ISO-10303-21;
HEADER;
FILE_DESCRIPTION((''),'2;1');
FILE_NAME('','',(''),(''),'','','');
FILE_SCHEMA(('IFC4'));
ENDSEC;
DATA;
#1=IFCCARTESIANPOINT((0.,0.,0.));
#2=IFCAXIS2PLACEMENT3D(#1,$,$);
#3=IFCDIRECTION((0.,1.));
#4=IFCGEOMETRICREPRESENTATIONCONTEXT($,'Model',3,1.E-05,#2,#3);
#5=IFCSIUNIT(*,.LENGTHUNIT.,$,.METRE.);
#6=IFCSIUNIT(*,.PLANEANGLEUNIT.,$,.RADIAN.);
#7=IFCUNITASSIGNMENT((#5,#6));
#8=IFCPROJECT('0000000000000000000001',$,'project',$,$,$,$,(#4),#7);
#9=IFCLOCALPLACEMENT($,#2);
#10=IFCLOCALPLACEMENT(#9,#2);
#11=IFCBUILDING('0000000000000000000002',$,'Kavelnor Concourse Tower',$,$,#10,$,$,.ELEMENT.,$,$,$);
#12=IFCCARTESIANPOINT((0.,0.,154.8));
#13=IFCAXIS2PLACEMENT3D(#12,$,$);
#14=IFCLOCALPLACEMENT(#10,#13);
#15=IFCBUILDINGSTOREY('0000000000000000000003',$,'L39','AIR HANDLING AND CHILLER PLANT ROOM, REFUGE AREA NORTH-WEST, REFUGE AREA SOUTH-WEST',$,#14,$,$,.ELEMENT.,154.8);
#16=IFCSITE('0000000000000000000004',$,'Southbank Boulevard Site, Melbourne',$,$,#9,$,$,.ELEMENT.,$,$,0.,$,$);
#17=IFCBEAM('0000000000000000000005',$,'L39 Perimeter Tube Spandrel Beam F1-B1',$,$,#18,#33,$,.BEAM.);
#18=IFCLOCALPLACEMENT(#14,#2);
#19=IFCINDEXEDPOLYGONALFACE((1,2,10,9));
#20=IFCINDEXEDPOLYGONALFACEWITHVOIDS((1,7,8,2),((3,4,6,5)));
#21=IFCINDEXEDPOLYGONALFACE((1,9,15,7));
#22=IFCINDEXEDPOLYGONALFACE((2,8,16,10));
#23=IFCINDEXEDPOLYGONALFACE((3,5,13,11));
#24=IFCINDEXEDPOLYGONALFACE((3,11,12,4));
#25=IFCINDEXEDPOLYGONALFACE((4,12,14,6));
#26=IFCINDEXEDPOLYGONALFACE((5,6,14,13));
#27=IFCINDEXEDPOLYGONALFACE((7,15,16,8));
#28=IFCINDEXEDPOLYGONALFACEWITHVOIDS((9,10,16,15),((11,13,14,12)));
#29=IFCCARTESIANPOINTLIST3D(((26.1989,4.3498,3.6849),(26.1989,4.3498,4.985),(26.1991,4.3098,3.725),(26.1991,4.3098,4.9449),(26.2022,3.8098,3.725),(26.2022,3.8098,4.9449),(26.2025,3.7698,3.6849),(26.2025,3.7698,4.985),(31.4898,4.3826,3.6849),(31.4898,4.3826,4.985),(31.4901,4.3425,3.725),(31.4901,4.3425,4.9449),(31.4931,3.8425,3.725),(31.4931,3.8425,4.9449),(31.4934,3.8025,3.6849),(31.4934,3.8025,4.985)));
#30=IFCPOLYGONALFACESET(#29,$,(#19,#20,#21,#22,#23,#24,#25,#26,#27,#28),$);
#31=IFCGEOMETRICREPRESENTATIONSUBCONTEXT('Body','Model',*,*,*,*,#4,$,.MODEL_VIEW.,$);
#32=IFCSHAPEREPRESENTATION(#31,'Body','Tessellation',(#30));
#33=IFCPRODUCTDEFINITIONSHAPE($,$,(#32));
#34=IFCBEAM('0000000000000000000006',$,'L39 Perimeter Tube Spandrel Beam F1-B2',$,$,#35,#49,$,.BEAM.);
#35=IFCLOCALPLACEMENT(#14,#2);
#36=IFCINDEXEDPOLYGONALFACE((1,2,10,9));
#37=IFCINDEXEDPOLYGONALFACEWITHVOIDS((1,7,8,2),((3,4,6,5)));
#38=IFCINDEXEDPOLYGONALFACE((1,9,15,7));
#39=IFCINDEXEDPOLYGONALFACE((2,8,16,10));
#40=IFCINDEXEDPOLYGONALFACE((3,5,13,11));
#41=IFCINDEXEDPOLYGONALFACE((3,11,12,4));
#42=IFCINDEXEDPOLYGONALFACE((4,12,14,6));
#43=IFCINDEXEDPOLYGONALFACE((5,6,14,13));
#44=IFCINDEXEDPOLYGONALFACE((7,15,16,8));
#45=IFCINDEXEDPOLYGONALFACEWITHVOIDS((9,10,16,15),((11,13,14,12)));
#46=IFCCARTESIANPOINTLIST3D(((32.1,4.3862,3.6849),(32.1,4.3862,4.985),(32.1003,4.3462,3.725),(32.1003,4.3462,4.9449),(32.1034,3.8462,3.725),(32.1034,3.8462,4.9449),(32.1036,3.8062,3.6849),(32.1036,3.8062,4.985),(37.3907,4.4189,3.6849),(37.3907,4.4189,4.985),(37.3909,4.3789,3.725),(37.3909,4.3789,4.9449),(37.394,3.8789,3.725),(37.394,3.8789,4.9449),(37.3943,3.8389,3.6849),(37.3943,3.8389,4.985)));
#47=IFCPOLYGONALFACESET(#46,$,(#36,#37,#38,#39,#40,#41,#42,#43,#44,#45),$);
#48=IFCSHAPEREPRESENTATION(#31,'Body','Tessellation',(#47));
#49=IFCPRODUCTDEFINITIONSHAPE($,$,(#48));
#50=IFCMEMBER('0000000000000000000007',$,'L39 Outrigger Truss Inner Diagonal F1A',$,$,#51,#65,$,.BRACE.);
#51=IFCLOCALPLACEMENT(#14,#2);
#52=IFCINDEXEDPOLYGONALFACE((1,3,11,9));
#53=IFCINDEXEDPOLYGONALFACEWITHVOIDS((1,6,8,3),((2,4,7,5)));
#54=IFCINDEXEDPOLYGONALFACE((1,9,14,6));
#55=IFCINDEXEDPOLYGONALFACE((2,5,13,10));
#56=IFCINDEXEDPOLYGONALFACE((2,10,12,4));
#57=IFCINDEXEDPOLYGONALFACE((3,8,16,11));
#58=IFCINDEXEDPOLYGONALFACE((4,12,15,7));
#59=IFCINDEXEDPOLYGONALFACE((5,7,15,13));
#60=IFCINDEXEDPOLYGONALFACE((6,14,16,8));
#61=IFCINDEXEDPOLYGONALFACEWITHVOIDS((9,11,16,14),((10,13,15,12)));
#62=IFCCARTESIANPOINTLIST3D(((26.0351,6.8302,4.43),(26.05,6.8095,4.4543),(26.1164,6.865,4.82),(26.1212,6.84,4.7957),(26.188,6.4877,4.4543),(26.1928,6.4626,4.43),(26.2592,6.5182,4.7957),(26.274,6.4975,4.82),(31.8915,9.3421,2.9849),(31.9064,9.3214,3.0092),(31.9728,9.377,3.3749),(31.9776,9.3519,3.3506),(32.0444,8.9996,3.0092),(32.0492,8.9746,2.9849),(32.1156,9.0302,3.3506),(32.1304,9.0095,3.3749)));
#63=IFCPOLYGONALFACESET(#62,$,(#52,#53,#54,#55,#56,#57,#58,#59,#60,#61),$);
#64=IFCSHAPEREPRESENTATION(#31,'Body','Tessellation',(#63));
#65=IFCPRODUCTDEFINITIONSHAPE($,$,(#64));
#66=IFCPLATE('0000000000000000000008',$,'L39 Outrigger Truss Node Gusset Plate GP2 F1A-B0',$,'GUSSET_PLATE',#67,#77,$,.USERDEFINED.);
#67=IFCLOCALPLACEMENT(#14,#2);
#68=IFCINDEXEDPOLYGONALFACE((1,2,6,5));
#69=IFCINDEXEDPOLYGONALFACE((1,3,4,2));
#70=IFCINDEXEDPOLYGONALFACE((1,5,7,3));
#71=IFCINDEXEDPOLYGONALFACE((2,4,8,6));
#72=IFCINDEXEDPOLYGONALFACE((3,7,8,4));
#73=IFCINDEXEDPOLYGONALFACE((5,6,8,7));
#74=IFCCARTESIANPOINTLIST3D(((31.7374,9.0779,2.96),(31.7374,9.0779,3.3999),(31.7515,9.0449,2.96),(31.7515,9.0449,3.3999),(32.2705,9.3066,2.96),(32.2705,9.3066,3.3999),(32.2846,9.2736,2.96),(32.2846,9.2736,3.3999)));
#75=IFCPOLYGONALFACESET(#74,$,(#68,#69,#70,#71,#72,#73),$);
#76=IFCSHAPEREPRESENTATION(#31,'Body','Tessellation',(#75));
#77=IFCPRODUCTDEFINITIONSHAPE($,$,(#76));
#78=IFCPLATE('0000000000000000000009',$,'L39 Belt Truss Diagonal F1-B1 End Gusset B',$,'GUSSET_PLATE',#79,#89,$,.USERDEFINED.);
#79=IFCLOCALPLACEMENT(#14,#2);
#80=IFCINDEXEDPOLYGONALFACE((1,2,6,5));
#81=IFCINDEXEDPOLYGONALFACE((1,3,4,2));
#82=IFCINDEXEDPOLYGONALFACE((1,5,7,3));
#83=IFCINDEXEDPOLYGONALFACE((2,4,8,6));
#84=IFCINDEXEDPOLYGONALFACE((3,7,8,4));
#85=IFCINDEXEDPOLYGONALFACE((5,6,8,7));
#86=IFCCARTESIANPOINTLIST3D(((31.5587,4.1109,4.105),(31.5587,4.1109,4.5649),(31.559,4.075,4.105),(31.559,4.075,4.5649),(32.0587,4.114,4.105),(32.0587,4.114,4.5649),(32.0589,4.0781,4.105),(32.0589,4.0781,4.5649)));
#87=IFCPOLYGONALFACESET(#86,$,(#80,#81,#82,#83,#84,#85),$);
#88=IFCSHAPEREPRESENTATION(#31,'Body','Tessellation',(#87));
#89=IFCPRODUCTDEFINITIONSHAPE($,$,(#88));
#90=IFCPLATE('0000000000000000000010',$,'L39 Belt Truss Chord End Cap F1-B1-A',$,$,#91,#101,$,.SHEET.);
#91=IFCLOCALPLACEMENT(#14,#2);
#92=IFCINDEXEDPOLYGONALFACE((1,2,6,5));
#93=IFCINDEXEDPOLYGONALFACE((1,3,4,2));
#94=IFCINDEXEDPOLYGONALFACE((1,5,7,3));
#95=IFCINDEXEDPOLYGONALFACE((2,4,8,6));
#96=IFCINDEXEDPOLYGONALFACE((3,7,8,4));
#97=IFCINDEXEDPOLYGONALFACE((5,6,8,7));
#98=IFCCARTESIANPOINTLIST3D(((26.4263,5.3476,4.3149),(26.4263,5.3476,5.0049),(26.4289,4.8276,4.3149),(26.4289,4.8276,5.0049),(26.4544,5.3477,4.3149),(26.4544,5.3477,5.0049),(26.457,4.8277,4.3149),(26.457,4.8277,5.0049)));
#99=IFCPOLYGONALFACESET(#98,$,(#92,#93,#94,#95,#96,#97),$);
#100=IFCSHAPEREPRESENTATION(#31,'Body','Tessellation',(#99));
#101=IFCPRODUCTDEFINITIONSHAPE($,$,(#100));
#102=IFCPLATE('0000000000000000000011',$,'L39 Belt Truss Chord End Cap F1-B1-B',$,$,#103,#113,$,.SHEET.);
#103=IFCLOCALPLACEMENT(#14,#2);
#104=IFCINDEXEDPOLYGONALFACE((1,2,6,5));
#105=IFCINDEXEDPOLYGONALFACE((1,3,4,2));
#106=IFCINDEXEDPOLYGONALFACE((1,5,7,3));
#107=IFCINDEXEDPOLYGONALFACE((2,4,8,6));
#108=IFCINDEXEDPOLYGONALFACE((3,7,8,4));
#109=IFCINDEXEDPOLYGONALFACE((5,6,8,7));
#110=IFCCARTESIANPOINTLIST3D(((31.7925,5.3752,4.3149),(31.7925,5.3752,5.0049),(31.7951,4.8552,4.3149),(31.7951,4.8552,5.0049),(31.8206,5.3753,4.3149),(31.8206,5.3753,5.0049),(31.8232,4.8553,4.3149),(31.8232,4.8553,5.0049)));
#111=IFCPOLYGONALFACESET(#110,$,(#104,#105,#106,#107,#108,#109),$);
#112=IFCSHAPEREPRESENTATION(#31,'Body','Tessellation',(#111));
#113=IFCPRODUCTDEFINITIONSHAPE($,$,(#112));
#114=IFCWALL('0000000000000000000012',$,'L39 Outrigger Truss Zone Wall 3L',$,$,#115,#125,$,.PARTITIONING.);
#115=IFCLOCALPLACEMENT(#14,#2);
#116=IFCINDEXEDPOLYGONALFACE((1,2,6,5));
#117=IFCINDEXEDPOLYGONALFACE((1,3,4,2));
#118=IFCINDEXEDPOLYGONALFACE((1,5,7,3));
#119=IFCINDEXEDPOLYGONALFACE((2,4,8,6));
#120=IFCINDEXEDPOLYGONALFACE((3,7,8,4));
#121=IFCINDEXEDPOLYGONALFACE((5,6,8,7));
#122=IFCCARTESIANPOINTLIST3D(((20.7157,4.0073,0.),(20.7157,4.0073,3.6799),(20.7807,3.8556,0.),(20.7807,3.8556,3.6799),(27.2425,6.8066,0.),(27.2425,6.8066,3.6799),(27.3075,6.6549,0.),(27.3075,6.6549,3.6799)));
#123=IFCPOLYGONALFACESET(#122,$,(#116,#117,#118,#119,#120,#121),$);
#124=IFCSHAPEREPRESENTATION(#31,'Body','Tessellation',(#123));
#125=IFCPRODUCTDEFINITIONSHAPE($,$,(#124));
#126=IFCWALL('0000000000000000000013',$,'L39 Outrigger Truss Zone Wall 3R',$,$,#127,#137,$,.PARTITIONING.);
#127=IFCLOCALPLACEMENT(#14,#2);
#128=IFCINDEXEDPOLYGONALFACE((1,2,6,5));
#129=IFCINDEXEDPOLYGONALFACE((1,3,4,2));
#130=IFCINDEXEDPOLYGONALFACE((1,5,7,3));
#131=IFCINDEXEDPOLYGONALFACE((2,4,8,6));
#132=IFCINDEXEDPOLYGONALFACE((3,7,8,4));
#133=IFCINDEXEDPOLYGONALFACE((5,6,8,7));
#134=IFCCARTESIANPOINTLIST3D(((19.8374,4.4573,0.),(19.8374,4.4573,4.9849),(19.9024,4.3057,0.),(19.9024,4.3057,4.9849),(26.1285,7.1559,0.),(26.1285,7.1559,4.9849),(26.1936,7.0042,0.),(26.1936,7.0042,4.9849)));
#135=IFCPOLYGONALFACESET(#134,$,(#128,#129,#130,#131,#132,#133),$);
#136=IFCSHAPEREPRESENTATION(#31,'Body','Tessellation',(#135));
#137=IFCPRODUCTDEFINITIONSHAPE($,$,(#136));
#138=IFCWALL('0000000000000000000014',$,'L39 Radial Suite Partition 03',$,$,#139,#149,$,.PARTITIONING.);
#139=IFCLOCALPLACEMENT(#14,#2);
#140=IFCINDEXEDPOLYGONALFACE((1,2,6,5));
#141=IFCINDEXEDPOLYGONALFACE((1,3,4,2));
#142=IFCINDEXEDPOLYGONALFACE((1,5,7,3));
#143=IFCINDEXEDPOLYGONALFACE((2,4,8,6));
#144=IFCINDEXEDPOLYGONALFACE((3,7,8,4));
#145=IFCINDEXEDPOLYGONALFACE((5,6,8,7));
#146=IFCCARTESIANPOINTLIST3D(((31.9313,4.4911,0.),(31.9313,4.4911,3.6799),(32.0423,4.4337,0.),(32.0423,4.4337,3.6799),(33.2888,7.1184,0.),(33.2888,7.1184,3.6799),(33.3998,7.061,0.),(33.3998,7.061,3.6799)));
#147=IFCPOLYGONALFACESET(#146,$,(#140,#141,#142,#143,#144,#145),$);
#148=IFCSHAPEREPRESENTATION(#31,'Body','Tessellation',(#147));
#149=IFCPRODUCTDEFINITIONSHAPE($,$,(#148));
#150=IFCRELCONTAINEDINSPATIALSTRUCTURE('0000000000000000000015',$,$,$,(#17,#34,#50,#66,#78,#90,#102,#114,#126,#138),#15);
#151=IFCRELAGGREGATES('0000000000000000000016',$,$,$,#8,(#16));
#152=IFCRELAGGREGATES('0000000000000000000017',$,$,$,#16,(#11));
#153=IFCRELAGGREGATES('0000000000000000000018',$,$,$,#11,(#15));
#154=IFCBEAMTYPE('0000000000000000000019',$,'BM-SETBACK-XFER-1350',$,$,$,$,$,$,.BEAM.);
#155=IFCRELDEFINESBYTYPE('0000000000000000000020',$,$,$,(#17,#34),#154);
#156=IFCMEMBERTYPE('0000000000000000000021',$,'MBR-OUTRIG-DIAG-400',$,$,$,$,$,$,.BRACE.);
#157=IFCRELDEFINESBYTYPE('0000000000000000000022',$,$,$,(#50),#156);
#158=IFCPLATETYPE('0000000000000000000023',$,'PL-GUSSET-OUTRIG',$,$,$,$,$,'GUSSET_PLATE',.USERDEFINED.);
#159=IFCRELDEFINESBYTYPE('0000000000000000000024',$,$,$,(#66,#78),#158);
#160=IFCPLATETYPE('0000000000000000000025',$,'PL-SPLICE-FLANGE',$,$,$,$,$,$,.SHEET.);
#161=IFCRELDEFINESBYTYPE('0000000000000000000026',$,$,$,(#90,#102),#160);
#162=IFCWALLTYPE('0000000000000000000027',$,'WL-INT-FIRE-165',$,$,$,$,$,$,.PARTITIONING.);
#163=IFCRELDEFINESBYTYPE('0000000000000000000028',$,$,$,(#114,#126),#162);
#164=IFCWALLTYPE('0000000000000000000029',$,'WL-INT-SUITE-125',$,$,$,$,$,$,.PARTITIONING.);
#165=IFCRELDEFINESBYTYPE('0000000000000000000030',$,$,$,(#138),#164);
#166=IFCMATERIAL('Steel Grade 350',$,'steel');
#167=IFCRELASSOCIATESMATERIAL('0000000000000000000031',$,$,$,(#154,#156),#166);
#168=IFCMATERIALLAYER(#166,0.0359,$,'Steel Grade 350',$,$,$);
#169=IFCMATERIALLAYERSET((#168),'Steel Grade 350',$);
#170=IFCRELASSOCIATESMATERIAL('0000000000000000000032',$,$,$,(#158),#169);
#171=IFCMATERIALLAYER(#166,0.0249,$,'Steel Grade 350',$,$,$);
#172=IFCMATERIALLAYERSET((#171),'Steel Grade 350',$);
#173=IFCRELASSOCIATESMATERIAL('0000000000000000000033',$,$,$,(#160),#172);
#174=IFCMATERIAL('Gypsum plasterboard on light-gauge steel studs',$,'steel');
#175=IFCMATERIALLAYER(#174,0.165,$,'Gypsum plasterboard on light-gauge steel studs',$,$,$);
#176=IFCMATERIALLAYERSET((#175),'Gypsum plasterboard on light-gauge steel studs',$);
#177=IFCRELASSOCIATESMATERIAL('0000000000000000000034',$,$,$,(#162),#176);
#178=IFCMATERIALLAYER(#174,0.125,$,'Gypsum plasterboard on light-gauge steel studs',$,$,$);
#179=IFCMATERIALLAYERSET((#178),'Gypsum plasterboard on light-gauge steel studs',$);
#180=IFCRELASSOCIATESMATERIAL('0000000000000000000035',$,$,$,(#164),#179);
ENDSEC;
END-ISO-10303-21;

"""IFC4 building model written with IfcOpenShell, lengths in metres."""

from ifc_helpers import new_model, si_unit, direction, frame, frame_2d, origin, origin_2d, place, context, subcontext, project, spatial, rectangle, hollow_rectangle, extrude, material, layer, layer_set, material_profile, profile_set, type_object, element, save


model = new_model("IFC4")

# Units and contexts
model_context = context("Model", 3, precision=1e-05, world=origin(), true_north=direction((0.0, 1.0)))
body_context = subcontext(model_context, "Body", "Model", "MODEL_VIEW")
ifc_project = project(units=[si_unit("LENGTHUNIT", "METRE"), si_unit("PLANEANGLEUNIT", "RADIAN")], contexts=[model_context])

# Site, building, storey
site_placement = place(None, origin())
site = spatial("IfcSite", under=ifc_project, at=site_placement, Name="Southbank Boulevard Site, Melbourne", CompositionType="ELEMENT", RefElevation=0.0)
building_placement = place(site_placement, origin())
building = spatial("IfcBuilding", under=site, at=building_placement, Name="Kavelnor Concourse Tower", CompositionType="ELEMENT")
storey_placement = place(building_placement, frame((0.0, 0.0, 154.8)))
storey = spatial("IfcBuildingStorey", under=building, at=storey_placement, Name="L39", Description="AIR HANDLING AND CHILLER PLANT ROOM, REFUGE AREA NORTH-WEST, REFUGE AREA SOUTH-WEST", CompositionType="ELEMENT", Elevation=154.8)

# Shared definitions
ifc_material_1 = material(Name="Steel Grade 350", Category="steel")

# Beams
ifc_material_profile_1 = material_profile(ifc_material_1, hollow_rectangle(XDim=0.5801, YDim=1.3, WallThickness=0.04, at=origin_2d()), Name="RHS 1300x580x40")
ifc_profile_set_1 = profile_set([ifc_material_profile_1], Name="Steel Grade 350")
beam_type_1 = type_object("IfcBeamType", Name="BM-SETBACK-XFER-1350", PredefinedType="BEAM", material=ifc_profile_set_1)
beam_1_placement = place(storey_placement, frame((26.2007, 4.0598, 4.335), z_axis=(0.999981, 0.006183, 0.0), x_axis=(-0.006183, 0.999981, 0.0)))
element("IfcBeam", 1, at=beam_1_placement, inside=storey, type_object=beam_type_1, Name="L39 Perimeter Tube Spandrel Beam F1-B1", PredefinedType="BEAM", context=body_context, shape_type="SweptSolid", body=[
    extrude(hollow_rectangle(XDim=0.5801, YDim=1.3, WallThickness=0.04, at=origin_2d()), origin(), (0.0, 0.0, 1.0), 5.291),
])
beam_2_placement = place(storey_placement, frame((32.1018, 4.0962, 4.335), z_axis=(0.999981, 0.006183, 0.0), x_axis=(-0.006183, 0.999981, 0.0)))
element("IfcBeam", 2, at=beam_2_placement, inside=storey, type_object=beam_type_1, Name="L39 Perimeter Tube Spandrel Beam F1-B2", PredefinedType="BEAM", context=body_context, shape_type="SweptSolid", body=[
    extrude(hollow_rectangle(XDim=0.5801, YDim=1.3, WallThickness=0.04, at=origin_2d()), origin(), (0.0, 0.0, 1.0), 5.2908),
])

# Member
ifc_material_profile_2 = material_profile(ifc_material_1, hollow_rectangle(XDim=0.3999, YDim=0.3999, WallThickness=0.0249, at=origin_2d()), Name="SHS 400x400x25")
ifc_profile_set_2 = profile_set([ifc_material_profile_2], Name="Steel Grade 350")
member_type = type_object("IfcMemberType", Name="MBR-OUTRIG-DIAG-400", PredefinedType="BRACE", material=ifc_profile_set_2)
member_placement = place(storey_placement, frame((32.011, 9.1758, 3.1799), z_axis=(-0.896272, -0.384431, 0.221154), x_axis=(0.394192, -0.919028, 0.0)))
element("IfcMember", 3, at=member_placement, inside=storey, type_object=member_type, Name="L39 Outrigger Truss Inner Diagonal F1A", PredefinedType="BRACE", context=body_context, shape_type="SweptSolid", body=[
    extrude(hollow_rectangle(XDim=0.3999, YDim=0.3999, WallThickness=0.0249, at=origin_2d()), origin(), (0.0, 0.0, 1.0), 6.5342),
])

# Plates
ifc_layer_1 = layer(ifc_material_1, 0.0359, Name="Steel Grade 350")
ifc_layer_set_1 = layer_set([ifc_layer_1], Name="Steel Grade 350")
plate_type_1 = type_object("IfcPlateType", Name="PL-GUSSET-OUTRIG", ElementType="GUSSET_PLATE", PredefinedType="USERDEFINED", material=ifc_layer_set_1)
plate_1_placement = place(storey_placement, frame((32.011, 9.1758, 2.96), z_axis=(0.0, 0.0, 1.0), x_axis=(-0.918998, -0.394263, 0.0)))
element("IfcPlate", 4, at=plate_1_placement, inside=storey, type_object=plate_type_1, Name="L39 Outrigger Truss Node Gusset Plate GP2 F1A-B0", ObjectType="GUSSET_PLATE", PredefinedType="USERDEFINED", context=body_context, shape_type="SweptSolid", body=[
    extrude(rectangle(XDim=0.5801, YDim=0.0359, at=origin_2d()), origin(), (0.0, 0.0, 1.0), 0.4399),
])
plate_2_placement = place(storey_placement, frame((31.8088, 4.0945, 4.105), z_axis=(0.0, 0.0, 1.0), x_axis=(0.999981, 0.006109, 0.0)))
element("IfcPlate", 5, at=plate_2_placement, inside=storey, type_object=plate_type_1, Name="L39 Belt Truss Diagonal F1-B1 End Gusset B", ObjectType="GUSSET_PLATE", PredefinedType="USERDEFINED", context=body_context, shape_type="SweptSolid", body=[
    extrude(rectangle(XDim=0.5, YDim=0.0359, at=origin_2d()), origin(), (0.0, 0.0, 1.0), 0.46),
])
ifc_layer_2 = layer(ifc_material_1, 0.0249, Name="Steel Grade 350")
ifc_layer_set_2 = layer_set([ifc_layer_2], Name="Steel Grade 350")
plate_type_2 = type_object("IfcPlateType", Name="PL-SPLICE-FLANGE", PredefinedType="SHEET", material=ifc_layer_set_2)
for number, where, z_axis, x_axis, name in (
    (6, (26.4417, 5.0876, 4.3149), (0.0, 0.0, 1.0), (0.005061, -0.999987, 0.0), "L39 Belt Truss Chord End Cap F1-B1-A"),
    (7, (31.8079, 5.1152, 4.3149), (0.0, 0.0, 1.0), (-0.005061, 0.999987, 0.0), "L39 Belt Truss Chord End Cap F1-B1-B"),
):
    element("IfcPlate", number, at=place(storey_placement, frame(where, z_axis=z_axis, x_axis=x_axis)), inside=storey, type_object=plate_type_2, Name=name, PredefinedType="SHEET", context=body_context, shape_type="SweptSolid", body=[
        extrude(rectangle(XDim=0.52, YDim=0.0281, at=origin_2d()), origin(), (0.0, 0.0, 1.0), 0.6899),
    ])

# Walls
ifc_material_2 = material(Name="Gypsum plasterboard on light-gauge steel studs", Category="steel")
ifc_layer_3 = layer(ifc_material_2, 0.165, Name="Gypsum plasterboard on light-gauge steel studs")
ifc_layer_set_3 = layer_set([ifc_layer_3], Name="Gypsum plasterboard on light-gauge steel studs")
wall_type_1 = type_object("IfcWallType", Name="WL-INT-FIRE-165", PredefinedType="PARTITIONING", material=ifc_layer_set_3)
wall_1_placement = place(storey_placement, frame((27.2749, 6.7307, 0.0), z_axis=(0.0, 0.0, 1.0), x_axis=(-0.919038, -0.394168, 0.0)))
element("IfcWall", 8, at=wall_1_placement, inside=storey, type_object=wall_type_1, Name="L39 Outrigger Truss Zone Wall 3L", PredefinedType="PARTITIONING", context=body_context, shape_type="SweptSolid", body=[
    extrude(rectangle(XDim=7.1018, YDim=0.165, at=frame_2d((3.5508, 0.0))), origin(), (0.0, 0.0, 1.0), 3.6799),
])
wall_2_placement = place(storey_placement, frame((26.1611, 7.0801, 0.0), z_axis=(0.0, 0.0, 1.0), x_axis=(-0.919021, -0.394208, 0.0)))
element("IfcWall", 9, at=wall_2_placement, inside=storey, type_object=wall_type_1, Name="L39 Outrigger Truss Zone Wall 3R", PredefinedType="PARTITIONING", context=body_context, shape_type="SweptSolid", body=[
    extrude(rectangle(XDim=6.8455, YDim=0.165, at=frame_2d((3.4229, 0.0))), origin(), (0.0, 0.0, 1.0), 4.9849),
])
ifc_layer_4 = layer(ifc_material_2, 0.125, Name="Gypsum plasterboard on light-gauge steel studs")
ifc_layer_set_4 = layer_set([ifc_layer_4], Name="Gypsum plasterboard on light-gauge steel studs")
wall_type_2 = type_object("IfcWallType", Name="WL-INT-SUITE-125", PredefinedType="PARTITIONING", material=ifc_layer_set_4)
wall_3_placement = place(storey_placement, frame((33.3442, 7.0896, 0.0), z_axis=(0.0, 0.0, 1.0), x_axis=(-0.45903, -0.888421, 0.0)))
element("IfcWall", 10, at=wall_3_placement, inside=storey, type_object=wall_type_2, Name="L39 Radial Suite Partition 03", PredefinedType="PARTITIONING", context=body_context, shape_type="SweptSolid", body=[
    extrude(rectangle(XDim=2.9573, YDim=0.125, at=frame_2d((1.4785, 0.0))), origin(), (0.0, 0.0, 1.0), 3.6799),
])

save(model, "model.ifc")
